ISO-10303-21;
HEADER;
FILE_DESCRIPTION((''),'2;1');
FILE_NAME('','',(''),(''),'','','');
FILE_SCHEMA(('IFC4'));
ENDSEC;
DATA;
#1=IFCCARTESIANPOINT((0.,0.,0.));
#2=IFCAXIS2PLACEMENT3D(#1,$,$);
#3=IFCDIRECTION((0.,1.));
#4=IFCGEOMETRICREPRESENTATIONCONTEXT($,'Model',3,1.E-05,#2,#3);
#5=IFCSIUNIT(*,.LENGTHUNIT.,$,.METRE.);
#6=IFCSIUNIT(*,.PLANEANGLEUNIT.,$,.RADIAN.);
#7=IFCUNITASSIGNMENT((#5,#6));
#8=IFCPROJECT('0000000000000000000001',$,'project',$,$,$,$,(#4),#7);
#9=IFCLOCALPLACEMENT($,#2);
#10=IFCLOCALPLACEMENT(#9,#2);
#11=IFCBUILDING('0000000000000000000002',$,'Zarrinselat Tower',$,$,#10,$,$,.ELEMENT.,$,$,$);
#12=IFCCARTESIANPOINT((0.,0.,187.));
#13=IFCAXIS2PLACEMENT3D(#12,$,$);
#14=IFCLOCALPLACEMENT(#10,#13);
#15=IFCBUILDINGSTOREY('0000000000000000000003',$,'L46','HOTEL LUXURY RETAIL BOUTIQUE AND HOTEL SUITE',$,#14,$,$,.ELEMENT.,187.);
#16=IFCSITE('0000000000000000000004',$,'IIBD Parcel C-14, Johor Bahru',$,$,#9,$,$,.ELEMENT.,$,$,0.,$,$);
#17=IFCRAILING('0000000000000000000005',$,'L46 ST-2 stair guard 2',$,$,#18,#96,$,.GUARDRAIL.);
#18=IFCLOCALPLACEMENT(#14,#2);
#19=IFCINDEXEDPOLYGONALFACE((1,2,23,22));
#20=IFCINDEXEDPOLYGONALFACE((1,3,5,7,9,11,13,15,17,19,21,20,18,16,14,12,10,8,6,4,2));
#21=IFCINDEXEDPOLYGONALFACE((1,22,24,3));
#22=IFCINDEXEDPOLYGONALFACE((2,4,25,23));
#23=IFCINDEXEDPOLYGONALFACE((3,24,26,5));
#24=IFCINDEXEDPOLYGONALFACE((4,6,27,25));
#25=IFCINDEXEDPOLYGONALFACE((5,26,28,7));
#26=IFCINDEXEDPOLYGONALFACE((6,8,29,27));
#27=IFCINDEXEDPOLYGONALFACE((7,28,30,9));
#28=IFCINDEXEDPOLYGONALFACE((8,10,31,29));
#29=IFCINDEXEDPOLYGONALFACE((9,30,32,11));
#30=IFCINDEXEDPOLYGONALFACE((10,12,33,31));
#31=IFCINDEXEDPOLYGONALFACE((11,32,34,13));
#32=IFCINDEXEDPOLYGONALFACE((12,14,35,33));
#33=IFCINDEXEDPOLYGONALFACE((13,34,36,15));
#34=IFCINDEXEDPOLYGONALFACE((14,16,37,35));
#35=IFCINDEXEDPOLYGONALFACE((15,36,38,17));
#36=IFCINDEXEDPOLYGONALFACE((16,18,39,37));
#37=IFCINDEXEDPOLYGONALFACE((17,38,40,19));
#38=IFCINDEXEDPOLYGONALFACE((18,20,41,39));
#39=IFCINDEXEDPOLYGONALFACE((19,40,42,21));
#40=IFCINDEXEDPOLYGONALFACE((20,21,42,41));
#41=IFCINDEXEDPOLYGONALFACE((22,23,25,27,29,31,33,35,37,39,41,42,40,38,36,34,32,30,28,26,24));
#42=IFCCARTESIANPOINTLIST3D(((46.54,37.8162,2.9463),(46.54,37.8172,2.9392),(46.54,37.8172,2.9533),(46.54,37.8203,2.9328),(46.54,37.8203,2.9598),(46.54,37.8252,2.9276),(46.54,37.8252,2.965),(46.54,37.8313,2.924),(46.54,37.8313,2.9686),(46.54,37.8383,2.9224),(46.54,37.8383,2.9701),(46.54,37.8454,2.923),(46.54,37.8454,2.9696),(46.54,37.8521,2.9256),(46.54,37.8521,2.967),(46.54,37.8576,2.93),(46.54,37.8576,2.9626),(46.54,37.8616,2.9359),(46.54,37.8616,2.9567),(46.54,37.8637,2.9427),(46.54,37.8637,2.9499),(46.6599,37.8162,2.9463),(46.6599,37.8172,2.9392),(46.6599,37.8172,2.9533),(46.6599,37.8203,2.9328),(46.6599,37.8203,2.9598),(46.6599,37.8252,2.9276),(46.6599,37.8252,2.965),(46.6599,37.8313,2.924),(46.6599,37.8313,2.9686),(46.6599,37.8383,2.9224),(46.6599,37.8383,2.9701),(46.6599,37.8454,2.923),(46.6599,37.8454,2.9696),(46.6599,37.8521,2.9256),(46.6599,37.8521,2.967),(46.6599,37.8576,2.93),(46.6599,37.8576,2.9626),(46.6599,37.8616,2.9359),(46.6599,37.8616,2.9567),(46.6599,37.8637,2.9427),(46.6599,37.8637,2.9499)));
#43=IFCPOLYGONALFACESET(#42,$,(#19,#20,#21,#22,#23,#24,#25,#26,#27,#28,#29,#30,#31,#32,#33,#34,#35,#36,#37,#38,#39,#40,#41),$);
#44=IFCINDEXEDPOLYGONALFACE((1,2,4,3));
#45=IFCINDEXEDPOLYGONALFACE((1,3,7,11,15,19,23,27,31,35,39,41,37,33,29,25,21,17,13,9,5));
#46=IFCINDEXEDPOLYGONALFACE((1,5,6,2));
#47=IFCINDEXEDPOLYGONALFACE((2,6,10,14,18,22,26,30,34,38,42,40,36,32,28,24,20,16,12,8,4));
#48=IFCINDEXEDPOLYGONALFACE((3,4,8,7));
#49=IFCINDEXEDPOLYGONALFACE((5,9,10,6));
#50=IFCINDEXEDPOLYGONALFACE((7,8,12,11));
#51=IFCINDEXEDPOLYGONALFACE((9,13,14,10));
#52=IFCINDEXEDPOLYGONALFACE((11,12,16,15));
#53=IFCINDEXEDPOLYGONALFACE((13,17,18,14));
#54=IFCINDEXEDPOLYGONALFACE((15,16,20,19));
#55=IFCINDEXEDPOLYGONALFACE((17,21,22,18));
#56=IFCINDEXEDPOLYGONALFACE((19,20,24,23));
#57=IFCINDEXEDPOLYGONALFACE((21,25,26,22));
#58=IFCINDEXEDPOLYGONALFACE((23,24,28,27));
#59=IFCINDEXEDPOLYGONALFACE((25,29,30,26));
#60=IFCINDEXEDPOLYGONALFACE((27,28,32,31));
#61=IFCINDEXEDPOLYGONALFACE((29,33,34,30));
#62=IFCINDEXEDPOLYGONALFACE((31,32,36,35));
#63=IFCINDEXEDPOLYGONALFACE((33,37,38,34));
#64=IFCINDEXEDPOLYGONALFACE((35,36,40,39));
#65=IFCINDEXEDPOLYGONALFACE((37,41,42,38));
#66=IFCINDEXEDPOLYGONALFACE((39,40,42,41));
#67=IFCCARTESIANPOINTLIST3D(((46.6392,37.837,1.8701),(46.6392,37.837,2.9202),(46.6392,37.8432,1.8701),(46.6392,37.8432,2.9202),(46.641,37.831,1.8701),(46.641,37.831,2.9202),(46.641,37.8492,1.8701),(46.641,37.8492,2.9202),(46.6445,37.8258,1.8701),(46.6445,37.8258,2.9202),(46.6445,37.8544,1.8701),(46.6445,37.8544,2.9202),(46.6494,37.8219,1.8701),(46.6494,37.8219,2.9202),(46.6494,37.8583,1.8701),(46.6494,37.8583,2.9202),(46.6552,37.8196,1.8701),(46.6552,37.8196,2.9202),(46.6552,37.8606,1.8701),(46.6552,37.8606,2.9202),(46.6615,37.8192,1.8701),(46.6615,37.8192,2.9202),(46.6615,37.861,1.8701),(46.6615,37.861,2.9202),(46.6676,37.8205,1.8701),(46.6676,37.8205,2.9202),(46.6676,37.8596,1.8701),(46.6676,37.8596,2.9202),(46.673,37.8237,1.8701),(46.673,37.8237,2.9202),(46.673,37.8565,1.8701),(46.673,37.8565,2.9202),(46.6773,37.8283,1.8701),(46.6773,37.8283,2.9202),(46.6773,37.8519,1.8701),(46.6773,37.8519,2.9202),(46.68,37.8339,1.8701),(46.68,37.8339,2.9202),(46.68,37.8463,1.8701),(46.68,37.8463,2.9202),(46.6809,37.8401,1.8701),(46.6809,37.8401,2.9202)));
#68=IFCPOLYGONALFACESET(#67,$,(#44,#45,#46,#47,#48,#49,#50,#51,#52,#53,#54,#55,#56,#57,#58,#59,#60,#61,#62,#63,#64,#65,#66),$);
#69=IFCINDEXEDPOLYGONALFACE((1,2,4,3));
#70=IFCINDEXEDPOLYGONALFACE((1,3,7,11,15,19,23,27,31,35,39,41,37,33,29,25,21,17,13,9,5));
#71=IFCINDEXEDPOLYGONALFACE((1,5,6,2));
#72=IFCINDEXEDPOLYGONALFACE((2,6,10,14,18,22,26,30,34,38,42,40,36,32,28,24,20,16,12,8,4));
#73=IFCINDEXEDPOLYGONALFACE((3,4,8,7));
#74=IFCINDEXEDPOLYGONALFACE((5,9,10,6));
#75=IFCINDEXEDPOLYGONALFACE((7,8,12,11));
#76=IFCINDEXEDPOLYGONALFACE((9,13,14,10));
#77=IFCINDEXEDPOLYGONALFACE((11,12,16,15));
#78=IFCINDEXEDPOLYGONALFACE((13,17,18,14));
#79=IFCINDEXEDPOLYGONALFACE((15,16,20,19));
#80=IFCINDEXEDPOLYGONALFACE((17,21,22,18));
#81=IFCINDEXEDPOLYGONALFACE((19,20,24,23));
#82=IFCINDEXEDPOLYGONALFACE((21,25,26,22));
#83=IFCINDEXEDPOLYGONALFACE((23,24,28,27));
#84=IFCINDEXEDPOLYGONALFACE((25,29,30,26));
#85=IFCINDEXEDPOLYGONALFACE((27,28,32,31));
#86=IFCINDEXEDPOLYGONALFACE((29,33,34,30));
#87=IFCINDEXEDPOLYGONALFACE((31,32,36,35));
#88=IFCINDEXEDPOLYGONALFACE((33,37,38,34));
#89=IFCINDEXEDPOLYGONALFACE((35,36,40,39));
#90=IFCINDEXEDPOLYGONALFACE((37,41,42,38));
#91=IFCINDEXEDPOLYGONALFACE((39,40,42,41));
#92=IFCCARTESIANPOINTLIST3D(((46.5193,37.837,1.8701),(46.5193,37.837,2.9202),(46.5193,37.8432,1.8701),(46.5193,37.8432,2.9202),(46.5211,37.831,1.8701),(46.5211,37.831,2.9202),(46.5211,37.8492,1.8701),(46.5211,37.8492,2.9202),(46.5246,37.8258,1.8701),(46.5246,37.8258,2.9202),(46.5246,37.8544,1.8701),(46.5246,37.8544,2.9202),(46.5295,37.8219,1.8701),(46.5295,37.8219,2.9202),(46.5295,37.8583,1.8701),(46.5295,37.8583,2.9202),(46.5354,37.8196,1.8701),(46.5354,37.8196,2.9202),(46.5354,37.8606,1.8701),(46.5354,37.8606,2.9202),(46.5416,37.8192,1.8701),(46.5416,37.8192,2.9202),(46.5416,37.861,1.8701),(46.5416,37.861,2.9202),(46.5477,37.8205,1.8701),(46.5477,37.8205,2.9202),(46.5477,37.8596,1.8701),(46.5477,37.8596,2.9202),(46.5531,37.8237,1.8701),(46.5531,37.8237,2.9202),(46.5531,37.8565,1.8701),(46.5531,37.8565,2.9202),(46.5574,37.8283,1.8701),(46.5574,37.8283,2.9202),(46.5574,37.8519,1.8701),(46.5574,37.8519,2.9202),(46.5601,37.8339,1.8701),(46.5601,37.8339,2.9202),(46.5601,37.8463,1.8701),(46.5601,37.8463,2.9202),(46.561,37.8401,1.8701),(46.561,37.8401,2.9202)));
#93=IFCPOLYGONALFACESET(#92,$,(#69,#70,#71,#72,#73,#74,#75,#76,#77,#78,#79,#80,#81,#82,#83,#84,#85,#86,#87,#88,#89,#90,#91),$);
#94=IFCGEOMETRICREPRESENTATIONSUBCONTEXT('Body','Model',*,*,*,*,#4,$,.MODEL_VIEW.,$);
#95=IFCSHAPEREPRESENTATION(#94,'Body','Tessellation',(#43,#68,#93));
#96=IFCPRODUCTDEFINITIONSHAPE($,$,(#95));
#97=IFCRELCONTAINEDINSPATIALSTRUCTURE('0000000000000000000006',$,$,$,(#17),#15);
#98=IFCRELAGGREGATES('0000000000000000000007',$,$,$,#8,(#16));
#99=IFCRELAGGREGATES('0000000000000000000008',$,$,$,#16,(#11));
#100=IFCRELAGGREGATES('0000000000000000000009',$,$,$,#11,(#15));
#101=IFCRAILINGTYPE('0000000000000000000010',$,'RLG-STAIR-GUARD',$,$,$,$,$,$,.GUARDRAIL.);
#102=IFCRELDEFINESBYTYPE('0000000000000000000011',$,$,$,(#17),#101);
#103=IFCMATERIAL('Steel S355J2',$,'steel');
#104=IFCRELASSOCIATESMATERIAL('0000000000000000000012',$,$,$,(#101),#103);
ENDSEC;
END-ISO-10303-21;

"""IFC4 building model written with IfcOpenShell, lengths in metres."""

from ifc_helpers import new_model, si_unit, direction, frame, origin, origin_2d, place, context, subcontext, project, spatial, circle, extrude, material, type_object, element, save


model = new_model("IFC4")

# Units and contexts
model_context = context("Model", 3, precision=1e-05, world=origin(), true_north=direction((0.0, 1.0)))
body_context = subcontext(model_context, "Body", "Model", "MODEL_VIEW")
ifc_project = project(units=[si_unit("LENGTHUNIT", "METRE"), si_unit("PLANEANGLEUNIT", "RADIAN")], contexts=[model_context])

# Site, building, storey
site_placement = place(None, origin())
site = spatial("IfcSite", under=ifc_project, at=site_placement, Name="IIBD Parcel C-14, Johor Bahru", CompositionType="ELEMENT", RefElevation=0.0)
building_placement = place(site_placement, origin())
building = spatial("IfcBuilding", under=site, at=building_placement, Name="Zarrinselat Tower", CompositionType="ELEMENT")
storey_placement = place(building_placement, frame((0.0, 0.0, 187.0)))
storey = spatial("IfcBuildingStorey", under=building, at=storey_placement, Name="L46", Description="HOTEL LUXURY RETAIL BOUTIQUE AND HOTEL SUITE", CompositionType="ELEMENT", Elevation=187.0)

# Railing
ifc_material_1 = material(Name="Steel S355J2", Category="steel")
railing_type_1 = type_object("IfcRailingType", Name="RLG-STAIR-GUARD", PredefinedType="GUARDRAIL", material=ifc_material_1)
railing_1_placement = place(storey_placement, frame((46.6599, 37.8401, 1.8701)))
element("IfcRailing", 1, at=railing_1_placement, inside=storey, type_object=railing_type_1, Name="L46 ST-2 stair guard 2", PredefinedType="GUARDRAIL", context=body_context, shape_type="SweptSolid", body=[
    extrude(circle(Radius=0.0239, at=origin_2d()), frame((0.0, 0.0, 1.0762), z_axis=(-1.0, 0.0, 0.0), x_axis=(0.0, -1.0, 0.0)), (0.0, 0.0, 1.0), 0.1199),
    extrude(circle(Radius=0.021, at=origin_2d()), origin(), (0.0, 0.0, 1.0), 1.05),
    extrude(circle(Radius=0.021, at=origin_2d()), frame((-0.1199, 0.0, 0.0)), (0.0, 0.0, 1.0), 1.05),
])

save(model, "model.ifc")
